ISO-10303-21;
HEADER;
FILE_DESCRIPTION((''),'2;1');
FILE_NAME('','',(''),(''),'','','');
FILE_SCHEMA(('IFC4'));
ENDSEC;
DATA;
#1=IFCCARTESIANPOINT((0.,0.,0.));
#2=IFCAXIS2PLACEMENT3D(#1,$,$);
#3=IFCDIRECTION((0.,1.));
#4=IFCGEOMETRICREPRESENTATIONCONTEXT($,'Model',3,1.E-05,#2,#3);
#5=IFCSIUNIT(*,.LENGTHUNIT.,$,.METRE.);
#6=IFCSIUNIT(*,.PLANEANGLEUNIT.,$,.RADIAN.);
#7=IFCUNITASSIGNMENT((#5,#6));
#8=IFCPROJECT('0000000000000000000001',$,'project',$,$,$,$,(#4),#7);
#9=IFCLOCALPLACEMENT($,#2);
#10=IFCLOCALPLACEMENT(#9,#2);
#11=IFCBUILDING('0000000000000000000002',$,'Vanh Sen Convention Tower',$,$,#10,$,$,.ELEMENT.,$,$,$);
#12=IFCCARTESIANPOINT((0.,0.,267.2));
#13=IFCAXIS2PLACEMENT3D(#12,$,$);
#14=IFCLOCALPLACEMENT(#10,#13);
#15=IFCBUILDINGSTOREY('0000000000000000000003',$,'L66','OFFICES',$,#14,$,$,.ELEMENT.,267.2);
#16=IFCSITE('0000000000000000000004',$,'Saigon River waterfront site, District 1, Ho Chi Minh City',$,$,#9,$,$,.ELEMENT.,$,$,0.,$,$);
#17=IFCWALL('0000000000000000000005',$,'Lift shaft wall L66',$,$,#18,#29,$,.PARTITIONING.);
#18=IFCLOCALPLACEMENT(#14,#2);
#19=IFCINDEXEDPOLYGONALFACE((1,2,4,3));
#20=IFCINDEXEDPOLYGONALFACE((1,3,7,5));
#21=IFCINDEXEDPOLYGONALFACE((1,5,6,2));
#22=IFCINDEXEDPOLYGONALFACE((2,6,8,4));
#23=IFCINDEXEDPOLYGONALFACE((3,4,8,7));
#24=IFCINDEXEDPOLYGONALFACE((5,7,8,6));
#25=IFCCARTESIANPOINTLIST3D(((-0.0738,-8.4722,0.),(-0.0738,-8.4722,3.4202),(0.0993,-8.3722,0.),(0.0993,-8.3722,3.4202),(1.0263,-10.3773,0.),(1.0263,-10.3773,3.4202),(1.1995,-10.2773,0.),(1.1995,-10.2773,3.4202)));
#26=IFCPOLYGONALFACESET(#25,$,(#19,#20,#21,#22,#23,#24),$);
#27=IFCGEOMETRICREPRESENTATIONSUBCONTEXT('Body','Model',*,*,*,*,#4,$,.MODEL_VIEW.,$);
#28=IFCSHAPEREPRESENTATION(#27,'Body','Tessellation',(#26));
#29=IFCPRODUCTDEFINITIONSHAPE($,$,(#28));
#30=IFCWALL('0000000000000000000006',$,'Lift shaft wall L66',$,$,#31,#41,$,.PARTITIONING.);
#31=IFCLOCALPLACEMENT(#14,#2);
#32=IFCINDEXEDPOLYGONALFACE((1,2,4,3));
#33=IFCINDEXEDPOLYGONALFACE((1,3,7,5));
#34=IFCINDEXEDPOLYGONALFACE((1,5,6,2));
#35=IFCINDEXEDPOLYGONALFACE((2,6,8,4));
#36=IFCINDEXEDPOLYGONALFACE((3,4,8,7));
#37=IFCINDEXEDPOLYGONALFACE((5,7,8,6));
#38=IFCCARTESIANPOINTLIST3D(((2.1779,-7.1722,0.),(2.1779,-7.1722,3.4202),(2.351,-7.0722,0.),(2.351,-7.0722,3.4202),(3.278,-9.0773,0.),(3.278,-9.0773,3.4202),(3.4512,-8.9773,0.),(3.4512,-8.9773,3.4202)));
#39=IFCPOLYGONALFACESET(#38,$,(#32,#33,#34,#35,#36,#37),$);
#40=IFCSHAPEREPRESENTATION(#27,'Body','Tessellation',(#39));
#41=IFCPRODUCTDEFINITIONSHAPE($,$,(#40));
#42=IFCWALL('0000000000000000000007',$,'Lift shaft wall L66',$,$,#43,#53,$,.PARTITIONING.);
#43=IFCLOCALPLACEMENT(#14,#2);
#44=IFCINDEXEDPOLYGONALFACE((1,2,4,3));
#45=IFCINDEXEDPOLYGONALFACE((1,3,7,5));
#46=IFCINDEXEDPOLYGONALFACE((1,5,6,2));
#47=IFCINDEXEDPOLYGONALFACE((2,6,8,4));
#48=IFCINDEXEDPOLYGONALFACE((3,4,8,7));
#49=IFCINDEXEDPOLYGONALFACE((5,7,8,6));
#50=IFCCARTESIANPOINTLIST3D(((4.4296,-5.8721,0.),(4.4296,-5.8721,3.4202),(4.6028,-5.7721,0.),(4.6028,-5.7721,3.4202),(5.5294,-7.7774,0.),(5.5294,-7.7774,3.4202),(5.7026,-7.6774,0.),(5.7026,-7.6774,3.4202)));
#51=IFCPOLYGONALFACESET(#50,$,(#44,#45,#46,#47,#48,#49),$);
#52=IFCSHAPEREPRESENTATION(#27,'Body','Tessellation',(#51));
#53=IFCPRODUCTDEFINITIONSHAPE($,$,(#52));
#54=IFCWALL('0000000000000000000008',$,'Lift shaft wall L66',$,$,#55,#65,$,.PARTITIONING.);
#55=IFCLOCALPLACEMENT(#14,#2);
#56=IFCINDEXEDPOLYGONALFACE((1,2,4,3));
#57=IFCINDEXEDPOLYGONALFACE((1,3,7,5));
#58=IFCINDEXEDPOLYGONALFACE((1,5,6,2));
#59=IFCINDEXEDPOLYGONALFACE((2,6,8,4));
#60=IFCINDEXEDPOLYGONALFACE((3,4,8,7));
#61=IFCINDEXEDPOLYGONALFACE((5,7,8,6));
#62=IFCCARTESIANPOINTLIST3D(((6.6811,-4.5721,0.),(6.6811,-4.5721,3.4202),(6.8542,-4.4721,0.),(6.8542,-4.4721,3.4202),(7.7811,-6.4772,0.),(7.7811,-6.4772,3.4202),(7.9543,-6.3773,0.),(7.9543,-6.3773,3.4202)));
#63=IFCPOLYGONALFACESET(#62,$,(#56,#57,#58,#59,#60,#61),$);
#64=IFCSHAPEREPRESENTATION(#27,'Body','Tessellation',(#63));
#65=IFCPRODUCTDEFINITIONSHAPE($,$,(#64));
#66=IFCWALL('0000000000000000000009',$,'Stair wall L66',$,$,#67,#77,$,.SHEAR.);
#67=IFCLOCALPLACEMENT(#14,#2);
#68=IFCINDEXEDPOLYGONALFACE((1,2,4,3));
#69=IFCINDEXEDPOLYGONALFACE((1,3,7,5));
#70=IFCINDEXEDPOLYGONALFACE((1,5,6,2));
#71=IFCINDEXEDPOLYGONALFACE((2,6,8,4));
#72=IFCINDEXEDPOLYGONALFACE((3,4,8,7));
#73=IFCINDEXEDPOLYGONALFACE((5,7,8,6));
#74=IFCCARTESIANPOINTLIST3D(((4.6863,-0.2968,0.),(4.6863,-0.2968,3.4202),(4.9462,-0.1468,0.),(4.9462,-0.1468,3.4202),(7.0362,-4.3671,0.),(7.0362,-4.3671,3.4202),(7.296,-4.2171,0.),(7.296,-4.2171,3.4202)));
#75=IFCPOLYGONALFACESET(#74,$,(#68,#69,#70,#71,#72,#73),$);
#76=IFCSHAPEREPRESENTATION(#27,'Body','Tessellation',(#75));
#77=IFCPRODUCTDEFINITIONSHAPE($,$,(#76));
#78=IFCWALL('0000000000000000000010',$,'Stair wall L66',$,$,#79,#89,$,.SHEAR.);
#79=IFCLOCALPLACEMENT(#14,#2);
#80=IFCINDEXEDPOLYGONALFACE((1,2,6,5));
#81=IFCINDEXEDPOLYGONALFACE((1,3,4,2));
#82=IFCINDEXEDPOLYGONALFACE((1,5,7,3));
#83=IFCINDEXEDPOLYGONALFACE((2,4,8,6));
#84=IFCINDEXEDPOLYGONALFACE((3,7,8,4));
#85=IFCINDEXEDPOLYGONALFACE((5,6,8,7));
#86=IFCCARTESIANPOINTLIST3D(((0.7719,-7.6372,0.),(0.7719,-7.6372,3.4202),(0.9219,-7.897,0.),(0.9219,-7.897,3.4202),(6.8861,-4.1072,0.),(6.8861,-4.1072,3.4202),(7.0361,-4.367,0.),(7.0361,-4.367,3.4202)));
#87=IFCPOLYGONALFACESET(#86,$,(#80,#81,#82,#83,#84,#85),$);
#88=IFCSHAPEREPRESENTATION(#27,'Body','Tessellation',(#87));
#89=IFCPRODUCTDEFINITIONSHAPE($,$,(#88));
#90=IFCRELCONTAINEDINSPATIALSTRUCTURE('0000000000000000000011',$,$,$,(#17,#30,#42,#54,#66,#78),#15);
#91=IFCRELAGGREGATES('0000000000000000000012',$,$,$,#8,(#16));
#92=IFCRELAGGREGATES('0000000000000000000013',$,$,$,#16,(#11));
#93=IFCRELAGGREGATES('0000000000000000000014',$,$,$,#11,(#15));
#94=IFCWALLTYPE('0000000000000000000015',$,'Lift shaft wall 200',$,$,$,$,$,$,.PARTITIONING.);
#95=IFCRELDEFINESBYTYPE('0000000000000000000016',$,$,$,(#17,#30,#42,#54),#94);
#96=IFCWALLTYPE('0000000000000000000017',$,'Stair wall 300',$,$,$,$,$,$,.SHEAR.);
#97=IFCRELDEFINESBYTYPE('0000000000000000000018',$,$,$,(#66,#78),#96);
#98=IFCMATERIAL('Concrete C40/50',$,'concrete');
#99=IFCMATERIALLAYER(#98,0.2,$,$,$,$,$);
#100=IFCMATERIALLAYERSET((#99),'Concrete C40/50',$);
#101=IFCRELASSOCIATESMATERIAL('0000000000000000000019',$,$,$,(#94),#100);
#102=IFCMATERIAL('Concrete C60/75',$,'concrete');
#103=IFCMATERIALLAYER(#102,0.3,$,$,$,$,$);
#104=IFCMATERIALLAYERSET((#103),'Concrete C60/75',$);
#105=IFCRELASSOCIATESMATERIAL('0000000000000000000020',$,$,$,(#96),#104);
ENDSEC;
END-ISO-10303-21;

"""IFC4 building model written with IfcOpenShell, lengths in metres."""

from ifc_helpers import new_model, si_unit, direction, frame, frame_2d, origin, place, context, subcontext, project, spatial, rectangle, extrude, material, layer, layer_set, type_object, element, save


model = new_model("IFC4")

# Units and contexts
model_context = context("Model", 3, precision=1e-05, world=origin(), true_north=direction((0.0, 1.0)))
body_context = subcontext(model_context, "Body", "Model", "MODEL_VIEW")
ifc_project = project(units=[si_unit("LENGTHUNIT", "METRE"), si_unit("PLANEANGLEUNIT", "RADIAN")], contexts=[model_context])

# Site, building, storey
site_placement = place(None, origin())
site = spatial("IfcSite", under=ifc_project, at=site_placement, Name="Saigon River waterfront site, District 1, Ho Chi Minh City", CompositionType="ELEMENT", RefElevation=0.0)
building_placement = place(site_placement, origin())
building = spatial("IfcBuilding", under=site, at=building_placement, Name="Vanh Sen Convention Tower", CompositionType="ELEMENT")
storey_placement = place(building_placement, frame((0.0, 0.0, 267.2)))
storey = spatial("IfcBuildingStorey", under=building, at=storey_placement, Name="L66", Description="OFFICES", CompositionType="ELEMENT", Elevation=267.2)

# Shared definitions
ifc_material_1 = material(Name="Concrete C60/75", Category="concrete")

# Shared definitions
ifc_material_2 = material(Name="Concrete C40/50", Category="concrete")

# Walls
ifc_layer_1 = layer(ifc_material_2, 0.2)
ifc_layer_set_1 = layer_set([ifc_layer_1], Name="Concrete C40/50")
wall_type_1 = type_object("IfcWallType", Name="Lift shaft wall 200", PredefinedType="PARTITIONING", material=ifc_layer_set_1)
for number, where, z_axis, x_axis, name in (
    (1, (0.0127, -8.4221, 0.0), (0.0, 0.0, 1.0), (0.500078, -0.86598, 0.0), "Lift shaft wall L66"),
    (2, (2.2644, -7.1221, 0.0), (0.0, 0.0, 1.0), (0.500078, -0.86598, 0.0), "Lift shaft wall L66"),
    (3, (4.5161, -5.822, 0.0), (0.0, 0.0, 1.0), (0.499947, -0.866056, 0.0), "Lift shaft wall L66"),
    (4, (6.7676, -4.522, 0.0), (0.0, 0.0, 1.0), (0.50003, -0.866008, 0.0), "Lift shaft wall L66"),
):
    element("IfcWall", number, at=place(storey_placement, frame(where, z_axis=z_axis, x_axis=x_axis)), inside=storey, type_object=wall_type_1, Name=name, PredefinedType="PARTITIONING", context=body_context, shape_type="SweptSolid", body=[
        extrude(rectangle(XDim=2.2, YDim=0.2, at=frame_2d((1.1001, 0.0))), origin(), (0.0, 0.0, 1.0), 3.4202),
    ])
ifc_layer_2 = layer(ifc_material_1, 0.3)
ifc_layer_set_2 = layer_set([ifc_layer_2], Name="Concrete C60/75")
wall_type_2 = type_object("IfcWallType", Name="Stair wall 300", PredefinedType="SHEAR", material=ifc_layer_set_2)
wall_1_placement = place(storey_placement, frame((4.8162, -0.2217, 0.0), z_axis=(0.0, 0.0, 1.0), x_axis=(0.499977, -0.866039, 0.0)))
element("IfcWall", 5, at=wall_1_placement, inside=storey, type_object=wall_type_2, Name="Stair wall L66", PredefinedType="SHEAR", context=body_context, shape_type="SweptSolid", body=[
    extrude(rectangle(XDim=4.7, YDim=0.3, at=frame_2d((2.3501, 0.0))), origin(), (0.0, 0.0, 1.0), 3.4202),
])
wall_2_placement = place(storey_placement, frame((0.8469, -7.7671, 0.0), z_axis=(0.0, 0.0, 1.0), x_axis=(0.866028, 0.499996, 0.0)))
element("IfcWall", 6, at=wall_2_placement, inside=storey, type_object=wall_type_2, Name="Stair wall L66", PredefinedType="SHEAR", context=body_context, shape_type="SweptSolid", body=[
    extrude(rectangle(XDim=7.0601, YDim=0.3, at=frame_2d((3.53, 0.0))), origin(), (0.0, 0.0, 1.0), 3.4202),
])

save(model, "model.ifc")
